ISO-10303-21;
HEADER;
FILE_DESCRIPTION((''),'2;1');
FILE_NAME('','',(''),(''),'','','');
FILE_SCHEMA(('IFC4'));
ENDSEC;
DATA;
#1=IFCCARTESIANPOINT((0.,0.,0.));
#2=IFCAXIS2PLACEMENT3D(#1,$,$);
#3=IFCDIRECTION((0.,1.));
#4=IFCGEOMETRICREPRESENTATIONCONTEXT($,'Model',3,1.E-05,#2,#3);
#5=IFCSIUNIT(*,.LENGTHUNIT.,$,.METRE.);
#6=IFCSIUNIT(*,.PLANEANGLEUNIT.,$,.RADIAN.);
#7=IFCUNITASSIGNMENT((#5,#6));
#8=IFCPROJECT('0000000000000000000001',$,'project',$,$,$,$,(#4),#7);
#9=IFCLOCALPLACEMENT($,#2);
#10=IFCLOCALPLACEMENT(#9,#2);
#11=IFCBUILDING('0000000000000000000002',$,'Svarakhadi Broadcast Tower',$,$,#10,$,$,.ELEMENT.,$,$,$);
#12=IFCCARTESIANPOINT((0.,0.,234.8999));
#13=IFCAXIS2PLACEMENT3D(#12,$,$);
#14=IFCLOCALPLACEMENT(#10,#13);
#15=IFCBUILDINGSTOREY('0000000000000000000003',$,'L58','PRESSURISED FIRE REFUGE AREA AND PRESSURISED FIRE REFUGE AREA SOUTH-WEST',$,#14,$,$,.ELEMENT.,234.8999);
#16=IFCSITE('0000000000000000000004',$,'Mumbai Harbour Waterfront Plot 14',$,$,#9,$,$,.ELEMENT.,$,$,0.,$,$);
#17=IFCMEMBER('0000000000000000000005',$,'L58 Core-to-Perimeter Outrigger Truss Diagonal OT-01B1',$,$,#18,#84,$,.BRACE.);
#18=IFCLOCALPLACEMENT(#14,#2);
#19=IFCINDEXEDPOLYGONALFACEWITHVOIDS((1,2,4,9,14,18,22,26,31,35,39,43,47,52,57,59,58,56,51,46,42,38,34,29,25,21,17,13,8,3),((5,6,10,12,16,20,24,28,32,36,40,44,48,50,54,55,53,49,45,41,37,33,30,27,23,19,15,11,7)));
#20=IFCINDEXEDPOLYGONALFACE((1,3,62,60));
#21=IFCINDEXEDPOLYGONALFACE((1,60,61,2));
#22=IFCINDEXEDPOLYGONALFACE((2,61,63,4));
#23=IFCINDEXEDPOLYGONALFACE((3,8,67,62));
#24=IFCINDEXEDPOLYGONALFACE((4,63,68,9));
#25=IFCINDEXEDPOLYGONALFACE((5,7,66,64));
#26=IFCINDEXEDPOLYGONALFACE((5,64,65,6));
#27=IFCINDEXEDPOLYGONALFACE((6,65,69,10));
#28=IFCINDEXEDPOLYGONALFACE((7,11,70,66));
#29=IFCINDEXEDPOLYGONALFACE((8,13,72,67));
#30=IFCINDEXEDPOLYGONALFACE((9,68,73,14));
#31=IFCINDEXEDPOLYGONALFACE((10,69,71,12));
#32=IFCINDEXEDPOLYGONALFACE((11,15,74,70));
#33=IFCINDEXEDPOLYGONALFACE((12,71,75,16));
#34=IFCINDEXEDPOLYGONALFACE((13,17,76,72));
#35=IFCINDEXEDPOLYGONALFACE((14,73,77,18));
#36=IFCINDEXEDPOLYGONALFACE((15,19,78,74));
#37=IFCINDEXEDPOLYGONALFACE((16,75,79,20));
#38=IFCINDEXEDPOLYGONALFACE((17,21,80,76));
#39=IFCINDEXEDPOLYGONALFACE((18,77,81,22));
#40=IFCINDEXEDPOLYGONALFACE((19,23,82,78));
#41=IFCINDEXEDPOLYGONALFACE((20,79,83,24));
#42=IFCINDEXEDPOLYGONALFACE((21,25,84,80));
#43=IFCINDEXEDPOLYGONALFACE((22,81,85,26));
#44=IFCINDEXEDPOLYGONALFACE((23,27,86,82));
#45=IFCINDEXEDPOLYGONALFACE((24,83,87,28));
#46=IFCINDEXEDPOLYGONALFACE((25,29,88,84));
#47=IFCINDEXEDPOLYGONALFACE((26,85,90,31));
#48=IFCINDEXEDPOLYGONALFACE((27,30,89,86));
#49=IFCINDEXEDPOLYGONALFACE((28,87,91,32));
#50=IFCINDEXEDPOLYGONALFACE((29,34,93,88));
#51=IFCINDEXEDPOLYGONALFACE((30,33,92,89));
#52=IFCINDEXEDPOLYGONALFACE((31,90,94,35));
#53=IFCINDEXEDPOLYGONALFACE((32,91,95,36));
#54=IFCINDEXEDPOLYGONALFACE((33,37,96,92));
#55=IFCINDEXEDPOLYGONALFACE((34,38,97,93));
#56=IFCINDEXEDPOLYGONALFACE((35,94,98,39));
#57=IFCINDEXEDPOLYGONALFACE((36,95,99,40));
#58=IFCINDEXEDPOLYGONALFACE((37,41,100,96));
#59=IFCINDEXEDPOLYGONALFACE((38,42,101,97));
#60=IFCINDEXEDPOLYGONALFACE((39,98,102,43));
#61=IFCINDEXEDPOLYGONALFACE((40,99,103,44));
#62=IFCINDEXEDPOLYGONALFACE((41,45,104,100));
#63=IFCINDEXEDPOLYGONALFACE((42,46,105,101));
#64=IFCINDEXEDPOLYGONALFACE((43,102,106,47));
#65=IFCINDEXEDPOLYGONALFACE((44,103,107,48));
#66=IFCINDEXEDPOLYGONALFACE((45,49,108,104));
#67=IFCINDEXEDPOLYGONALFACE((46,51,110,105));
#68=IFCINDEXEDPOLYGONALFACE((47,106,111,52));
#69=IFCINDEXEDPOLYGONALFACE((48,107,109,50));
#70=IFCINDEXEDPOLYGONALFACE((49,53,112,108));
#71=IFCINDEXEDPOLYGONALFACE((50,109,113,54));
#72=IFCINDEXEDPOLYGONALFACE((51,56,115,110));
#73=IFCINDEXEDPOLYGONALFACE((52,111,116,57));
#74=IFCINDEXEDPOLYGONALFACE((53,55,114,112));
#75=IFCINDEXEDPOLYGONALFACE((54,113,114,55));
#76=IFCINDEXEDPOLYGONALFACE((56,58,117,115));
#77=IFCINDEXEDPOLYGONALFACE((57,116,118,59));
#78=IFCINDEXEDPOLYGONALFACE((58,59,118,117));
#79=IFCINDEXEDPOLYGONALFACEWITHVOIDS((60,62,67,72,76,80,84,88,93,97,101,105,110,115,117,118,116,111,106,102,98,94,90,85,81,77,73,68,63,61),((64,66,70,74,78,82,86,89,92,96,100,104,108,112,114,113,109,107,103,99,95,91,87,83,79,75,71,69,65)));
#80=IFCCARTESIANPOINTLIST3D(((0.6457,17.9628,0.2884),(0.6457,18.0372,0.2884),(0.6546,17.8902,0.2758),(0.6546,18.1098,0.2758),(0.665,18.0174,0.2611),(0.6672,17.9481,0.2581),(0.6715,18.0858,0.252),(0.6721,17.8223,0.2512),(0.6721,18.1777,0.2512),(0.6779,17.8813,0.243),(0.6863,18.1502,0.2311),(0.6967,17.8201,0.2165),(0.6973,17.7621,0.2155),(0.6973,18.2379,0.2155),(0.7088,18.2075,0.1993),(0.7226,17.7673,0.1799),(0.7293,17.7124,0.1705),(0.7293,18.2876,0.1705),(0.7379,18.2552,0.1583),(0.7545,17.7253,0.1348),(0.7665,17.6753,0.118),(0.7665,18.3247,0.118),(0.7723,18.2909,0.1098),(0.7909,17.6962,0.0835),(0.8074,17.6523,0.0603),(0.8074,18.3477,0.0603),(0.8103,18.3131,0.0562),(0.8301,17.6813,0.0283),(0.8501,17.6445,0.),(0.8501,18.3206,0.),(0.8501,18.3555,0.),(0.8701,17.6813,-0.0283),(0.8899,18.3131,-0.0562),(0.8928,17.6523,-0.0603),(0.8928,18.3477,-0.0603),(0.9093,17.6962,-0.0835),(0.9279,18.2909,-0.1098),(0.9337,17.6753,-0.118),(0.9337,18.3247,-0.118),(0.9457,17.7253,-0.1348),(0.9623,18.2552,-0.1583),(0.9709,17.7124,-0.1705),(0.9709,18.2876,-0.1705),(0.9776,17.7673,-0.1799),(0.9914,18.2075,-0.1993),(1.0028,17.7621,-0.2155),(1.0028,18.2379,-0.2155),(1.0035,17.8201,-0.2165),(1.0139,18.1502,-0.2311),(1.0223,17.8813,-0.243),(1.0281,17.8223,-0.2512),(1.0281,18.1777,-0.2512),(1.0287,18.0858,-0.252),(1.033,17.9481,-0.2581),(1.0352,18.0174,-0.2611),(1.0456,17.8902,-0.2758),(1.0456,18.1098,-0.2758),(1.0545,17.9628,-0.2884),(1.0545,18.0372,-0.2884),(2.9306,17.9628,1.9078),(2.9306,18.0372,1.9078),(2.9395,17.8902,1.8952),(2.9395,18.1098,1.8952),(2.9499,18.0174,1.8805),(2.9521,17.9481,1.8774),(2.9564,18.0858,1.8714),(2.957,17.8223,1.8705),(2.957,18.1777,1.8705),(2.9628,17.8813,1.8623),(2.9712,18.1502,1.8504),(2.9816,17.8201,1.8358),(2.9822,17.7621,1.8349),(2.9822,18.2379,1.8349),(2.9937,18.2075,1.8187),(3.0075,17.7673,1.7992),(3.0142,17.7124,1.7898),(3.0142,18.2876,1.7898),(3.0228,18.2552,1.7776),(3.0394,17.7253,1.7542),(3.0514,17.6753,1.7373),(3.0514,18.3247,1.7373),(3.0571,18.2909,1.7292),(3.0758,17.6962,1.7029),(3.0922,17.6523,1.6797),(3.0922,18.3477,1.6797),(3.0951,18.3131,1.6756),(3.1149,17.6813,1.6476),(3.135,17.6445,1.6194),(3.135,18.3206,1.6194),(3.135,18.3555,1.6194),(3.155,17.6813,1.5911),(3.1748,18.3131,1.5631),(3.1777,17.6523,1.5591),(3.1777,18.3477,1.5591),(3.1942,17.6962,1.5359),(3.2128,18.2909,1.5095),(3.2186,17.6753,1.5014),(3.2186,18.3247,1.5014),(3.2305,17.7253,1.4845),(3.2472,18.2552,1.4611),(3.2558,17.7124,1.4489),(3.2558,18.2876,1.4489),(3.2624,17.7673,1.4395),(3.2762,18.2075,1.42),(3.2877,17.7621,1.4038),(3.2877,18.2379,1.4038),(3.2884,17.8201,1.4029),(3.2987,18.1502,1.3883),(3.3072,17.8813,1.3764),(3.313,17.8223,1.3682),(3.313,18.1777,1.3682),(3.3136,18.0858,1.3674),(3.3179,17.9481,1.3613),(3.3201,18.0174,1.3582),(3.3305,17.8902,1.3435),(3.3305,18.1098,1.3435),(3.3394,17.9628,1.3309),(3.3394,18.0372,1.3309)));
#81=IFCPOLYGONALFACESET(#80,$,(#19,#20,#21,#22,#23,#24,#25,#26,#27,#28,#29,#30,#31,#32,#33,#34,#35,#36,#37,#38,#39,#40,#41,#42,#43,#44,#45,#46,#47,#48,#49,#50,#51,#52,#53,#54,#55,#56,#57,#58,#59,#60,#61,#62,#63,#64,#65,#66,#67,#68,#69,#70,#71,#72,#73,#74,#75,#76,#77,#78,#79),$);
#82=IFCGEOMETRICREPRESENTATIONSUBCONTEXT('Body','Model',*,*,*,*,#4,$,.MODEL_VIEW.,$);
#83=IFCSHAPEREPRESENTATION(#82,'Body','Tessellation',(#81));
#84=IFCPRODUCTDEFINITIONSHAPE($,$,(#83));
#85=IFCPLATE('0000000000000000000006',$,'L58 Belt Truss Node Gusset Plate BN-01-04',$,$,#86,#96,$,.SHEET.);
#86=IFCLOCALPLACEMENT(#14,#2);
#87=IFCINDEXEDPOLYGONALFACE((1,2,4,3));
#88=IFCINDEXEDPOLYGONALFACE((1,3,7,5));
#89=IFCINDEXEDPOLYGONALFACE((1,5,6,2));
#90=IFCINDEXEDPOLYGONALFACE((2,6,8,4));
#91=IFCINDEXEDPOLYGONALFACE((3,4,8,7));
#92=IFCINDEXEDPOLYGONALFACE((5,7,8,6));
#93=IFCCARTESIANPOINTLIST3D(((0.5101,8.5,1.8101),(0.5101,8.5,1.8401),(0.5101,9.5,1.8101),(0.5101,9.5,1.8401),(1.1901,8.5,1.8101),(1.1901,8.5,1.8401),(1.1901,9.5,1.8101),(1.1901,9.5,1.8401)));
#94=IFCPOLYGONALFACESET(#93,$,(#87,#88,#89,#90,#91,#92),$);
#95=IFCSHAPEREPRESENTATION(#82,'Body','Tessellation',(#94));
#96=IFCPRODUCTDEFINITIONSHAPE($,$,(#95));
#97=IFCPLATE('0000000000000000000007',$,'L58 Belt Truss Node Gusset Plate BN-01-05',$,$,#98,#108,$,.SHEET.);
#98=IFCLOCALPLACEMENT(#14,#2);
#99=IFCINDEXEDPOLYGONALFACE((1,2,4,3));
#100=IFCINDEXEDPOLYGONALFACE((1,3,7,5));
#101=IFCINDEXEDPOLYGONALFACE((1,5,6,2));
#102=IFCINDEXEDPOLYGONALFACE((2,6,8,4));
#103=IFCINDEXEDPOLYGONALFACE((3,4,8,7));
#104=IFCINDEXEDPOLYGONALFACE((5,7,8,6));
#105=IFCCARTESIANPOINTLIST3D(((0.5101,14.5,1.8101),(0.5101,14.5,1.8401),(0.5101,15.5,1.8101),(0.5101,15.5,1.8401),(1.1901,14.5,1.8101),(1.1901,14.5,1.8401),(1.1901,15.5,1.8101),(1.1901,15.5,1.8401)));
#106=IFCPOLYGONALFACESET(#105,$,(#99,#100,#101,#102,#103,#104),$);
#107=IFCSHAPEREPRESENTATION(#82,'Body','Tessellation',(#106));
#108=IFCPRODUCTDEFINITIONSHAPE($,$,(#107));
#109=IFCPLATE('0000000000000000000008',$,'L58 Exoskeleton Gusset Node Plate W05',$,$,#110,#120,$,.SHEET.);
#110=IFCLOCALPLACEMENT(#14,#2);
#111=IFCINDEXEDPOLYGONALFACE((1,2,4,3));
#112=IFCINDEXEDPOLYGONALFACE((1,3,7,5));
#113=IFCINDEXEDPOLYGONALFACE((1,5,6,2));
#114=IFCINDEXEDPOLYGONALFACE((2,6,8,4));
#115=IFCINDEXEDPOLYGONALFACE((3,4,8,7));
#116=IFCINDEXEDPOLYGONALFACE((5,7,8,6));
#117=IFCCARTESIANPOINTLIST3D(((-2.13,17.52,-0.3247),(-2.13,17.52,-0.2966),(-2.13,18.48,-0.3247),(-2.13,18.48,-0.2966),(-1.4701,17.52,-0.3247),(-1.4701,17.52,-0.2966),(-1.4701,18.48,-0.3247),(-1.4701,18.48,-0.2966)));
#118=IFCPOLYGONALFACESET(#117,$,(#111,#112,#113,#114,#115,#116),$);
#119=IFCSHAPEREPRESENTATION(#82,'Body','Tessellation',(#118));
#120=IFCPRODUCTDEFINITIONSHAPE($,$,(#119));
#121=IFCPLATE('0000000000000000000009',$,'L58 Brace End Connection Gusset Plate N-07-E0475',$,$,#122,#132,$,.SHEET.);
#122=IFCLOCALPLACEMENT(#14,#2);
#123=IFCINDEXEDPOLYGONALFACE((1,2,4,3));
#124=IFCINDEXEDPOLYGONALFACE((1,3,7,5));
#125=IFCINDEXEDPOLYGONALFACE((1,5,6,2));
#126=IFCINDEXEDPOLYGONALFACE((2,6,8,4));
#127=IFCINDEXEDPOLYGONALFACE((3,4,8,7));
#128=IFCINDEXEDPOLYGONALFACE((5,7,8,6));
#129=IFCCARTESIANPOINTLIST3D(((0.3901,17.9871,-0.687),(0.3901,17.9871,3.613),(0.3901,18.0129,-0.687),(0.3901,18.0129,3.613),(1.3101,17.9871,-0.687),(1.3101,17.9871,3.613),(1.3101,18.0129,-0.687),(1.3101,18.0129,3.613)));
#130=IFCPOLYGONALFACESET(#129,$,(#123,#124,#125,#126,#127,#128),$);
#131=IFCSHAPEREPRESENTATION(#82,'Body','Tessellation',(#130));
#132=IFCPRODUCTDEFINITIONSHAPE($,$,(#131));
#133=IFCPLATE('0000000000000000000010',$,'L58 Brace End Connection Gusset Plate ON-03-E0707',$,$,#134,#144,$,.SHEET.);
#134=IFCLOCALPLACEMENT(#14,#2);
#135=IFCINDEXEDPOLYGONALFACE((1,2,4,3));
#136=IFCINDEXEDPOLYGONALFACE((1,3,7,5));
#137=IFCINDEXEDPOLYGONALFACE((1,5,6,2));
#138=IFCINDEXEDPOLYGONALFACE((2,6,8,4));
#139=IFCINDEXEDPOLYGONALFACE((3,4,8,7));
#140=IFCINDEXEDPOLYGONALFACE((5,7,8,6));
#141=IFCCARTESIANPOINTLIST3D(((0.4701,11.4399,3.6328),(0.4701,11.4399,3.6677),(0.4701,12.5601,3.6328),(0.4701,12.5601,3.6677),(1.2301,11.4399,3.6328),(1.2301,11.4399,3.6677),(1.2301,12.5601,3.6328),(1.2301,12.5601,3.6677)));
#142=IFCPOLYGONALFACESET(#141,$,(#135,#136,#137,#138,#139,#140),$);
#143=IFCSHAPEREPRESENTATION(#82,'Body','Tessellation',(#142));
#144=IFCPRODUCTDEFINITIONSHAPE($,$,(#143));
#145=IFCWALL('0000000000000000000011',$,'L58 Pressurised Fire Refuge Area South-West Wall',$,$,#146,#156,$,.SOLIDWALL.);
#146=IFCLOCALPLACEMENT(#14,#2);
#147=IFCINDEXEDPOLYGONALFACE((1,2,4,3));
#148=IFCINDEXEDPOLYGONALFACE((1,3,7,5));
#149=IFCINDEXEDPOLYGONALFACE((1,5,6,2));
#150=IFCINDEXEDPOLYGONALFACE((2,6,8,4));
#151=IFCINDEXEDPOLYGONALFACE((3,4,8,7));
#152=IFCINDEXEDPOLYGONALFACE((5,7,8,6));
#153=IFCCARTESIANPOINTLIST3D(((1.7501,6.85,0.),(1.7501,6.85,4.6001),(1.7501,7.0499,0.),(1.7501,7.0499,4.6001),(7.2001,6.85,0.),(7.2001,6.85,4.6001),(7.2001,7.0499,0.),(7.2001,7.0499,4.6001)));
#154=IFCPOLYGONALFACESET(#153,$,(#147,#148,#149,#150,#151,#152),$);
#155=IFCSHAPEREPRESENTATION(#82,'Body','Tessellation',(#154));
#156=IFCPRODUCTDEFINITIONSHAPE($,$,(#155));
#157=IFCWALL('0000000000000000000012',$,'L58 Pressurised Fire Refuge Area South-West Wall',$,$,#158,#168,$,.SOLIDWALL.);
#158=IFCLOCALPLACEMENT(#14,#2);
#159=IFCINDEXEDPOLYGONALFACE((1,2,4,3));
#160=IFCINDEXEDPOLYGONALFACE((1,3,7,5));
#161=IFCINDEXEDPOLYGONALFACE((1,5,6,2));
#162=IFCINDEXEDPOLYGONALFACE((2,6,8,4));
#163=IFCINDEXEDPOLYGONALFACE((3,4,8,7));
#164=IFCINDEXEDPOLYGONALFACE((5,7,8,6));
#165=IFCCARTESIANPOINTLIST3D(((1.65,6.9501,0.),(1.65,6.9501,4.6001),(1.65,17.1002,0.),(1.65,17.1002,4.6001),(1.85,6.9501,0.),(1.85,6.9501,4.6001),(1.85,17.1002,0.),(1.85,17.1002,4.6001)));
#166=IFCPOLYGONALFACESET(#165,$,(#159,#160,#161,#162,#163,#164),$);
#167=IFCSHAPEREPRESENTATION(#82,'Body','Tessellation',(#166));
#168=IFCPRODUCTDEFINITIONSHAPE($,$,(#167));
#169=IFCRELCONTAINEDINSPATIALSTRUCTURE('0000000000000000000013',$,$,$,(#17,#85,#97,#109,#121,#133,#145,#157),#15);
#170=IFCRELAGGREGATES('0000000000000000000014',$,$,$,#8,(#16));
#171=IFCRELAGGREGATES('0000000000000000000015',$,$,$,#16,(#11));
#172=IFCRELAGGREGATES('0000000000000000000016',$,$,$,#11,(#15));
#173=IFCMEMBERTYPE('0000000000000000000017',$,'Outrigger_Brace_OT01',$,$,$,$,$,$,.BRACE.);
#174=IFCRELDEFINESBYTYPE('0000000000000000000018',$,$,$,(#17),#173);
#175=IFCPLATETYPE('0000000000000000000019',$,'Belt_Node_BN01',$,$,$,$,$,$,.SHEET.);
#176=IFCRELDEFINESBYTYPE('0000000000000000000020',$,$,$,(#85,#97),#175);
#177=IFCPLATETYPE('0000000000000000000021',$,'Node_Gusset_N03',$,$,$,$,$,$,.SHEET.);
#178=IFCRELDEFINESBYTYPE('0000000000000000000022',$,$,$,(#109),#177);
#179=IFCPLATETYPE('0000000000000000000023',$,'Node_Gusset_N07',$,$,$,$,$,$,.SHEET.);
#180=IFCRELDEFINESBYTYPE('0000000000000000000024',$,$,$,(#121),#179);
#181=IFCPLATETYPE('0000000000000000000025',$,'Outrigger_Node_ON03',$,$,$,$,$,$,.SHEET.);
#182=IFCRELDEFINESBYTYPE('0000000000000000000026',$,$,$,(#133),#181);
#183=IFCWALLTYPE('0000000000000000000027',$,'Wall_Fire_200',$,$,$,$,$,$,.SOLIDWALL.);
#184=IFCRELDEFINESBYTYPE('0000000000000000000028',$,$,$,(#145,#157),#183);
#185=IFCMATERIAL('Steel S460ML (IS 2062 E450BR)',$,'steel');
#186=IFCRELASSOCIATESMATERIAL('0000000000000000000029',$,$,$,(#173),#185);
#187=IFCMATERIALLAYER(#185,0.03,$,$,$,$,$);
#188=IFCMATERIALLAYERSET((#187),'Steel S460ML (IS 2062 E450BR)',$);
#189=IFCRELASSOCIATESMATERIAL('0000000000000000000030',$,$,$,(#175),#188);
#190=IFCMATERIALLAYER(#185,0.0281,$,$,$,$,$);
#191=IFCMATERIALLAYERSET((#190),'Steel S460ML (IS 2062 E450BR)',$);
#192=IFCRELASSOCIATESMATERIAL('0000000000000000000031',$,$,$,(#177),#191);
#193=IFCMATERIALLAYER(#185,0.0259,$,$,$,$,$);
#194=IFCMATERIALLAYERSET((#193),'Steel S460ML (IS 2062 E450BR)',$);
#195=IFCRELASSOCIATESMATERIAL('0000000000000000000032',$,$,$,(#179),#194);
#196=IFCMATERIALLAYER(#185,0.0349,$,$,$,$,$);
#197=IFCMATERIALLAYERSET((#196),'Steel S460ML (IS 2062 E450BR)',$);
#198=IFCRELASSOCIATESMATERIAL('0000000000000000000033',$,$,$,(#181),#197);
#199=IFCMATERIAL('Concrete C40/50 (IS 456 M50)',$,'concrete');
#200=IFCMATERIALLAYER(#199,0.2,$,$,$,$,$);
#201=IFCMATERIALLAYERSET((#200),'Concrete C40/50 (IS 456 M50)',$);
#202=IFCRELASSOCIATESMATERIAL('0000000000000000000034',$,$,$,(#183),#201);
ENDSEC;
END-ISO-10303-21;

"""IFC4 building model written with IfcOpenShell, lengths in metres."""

from ifc_helpers import new_model, si_unit, direction, frame, frame_2d, origin, origin_2d, place, context, subcontext, project, spatial, rectangle, hollow_circle, extrude, material, layer, layer_set, material_profile, profile_set, type_object, element, save


model = new_model("IFC4")

# Units and contexts
model_context = context("Model", 3, precision=1e-05, world=origin(), true_north=direction((0.0, 1.0)))
body_context = subcontext(model_context, "Body", "Model", "MODEL_VIEW")
ifc_project = project(units=[si_unit("LENGTHUNIT", "METRE"), si_unit("PLANEANGLEUNIT", "RADIAN")], contexts=[model_context])

# Site, building, storey
site_placement = place(None, origin())
site = spatial("IfcSite", under=ifc_project, at=site_placement, Name="Mumbai Harbour Waterfront Plot 14", CompositionType="ELEMENT", RefElevation=0.0)
building_placement = place(site_placement, origin())
building = spatial("IfcBuilding", under=site, at=building_placement, Name="Svarakhadi Broadcast Tower", CompositionType="ELEMENT")
storey_placement = place(building_placement, frame((0.0, 0.0, 234.8999)))
storey = spatial("IfcBuildingStorey", under=building, at=storey_placement, Name="L58", Description="PRESSURISED FIRE REFUGE AREA AND PRESSURISED FIRE REFUGE AREA SOUTH-WEST", CompositionType="ELEMENT", Elevation=234.8999)

# Shared definitions
ifc_material_1 = material(Name="Steel S460ML (IS 2062 E450BR)", Category="steel")

# Member
ifc_material_profile_1 = material_profile(ifc_material_1, hollow_circle(Radius=0.3555, WallThickness=0.0349, at=origin_2d()), Name="CHS 711x35")
ifc_profile_set_1 = profile_set([ifc_material_profile_1], Name="Steel S460ML (IS 2062 E450BR)")
member_type_1 = type_object("IfcMemberType", Name="Outrigger_Brace_OT01", PredefinedType="BRACE", material=ifc_profile_set_1)
member_1_placement = place(storey_placement, frame((0.8501, 18.0, 0.0), z_axis=(0.815872, 0.0, 0.578233), x_axis=(0.0, 1.0, 0.0)))
element("IfcMember", 1, at=member_1_placement, inside=storey, type_object=member_type_1, Name="L58 Core-to-Perimeter Outrigger Truss Diagonal OT-01B1", PredefinedType="BRACE", context=body_context, shape_type="SweptSolid", body=[
    extrude(hollow_circle(Radius=0.3555, WallThickness=0.0349, at=origin_2d()), origin(), (0.0, 0.0, 1.0), 2.8005),
])

# Plates
ifc_layer_1 = layer(ifc_material_1, 0.03)
ifc_layer_set_1 = layer_set([ifc_layer_1], Name="Steel S460ML (IS 2062 E450BR)")
plate_type_1 = type_object("IfcPlateType", Name="Belt_Node_BN01", PredefinedType="SHEET", material=ifc_layer_set_1)
for number, where, z_axis, x_axis, name in (
    (2, (0.8501, 9.0, 1.8101), (0.0, 0.0, 1.0), (0.0, 1.0, 0.0), "L58 Belt Truss Node Gusset Plate BN-01-04"),
    (3, (0.8501, 15.0, 1.8101), (0.0, 0.0, 1.0), (0.0, 1.0, 0.0), "L58 Belt Truss Node Gusset Plate BN-01-05"),
):
    element("IfcPlate", number, at=place(storey_placement, frame(where, z_axis=z_axis, x_axis=x_axis)), inside=storey, type_object=plate_type_1, Name=name, PredefinedType="SHEET", context=body_context, shape_type="SweptSolid", body=[
        extrude(rectangle(XDim=1.0, YDim=0.6799, at=origin_2d()), origin(), (0.0, 0.0, 1.0), 0.03),
    ])
ifc_layer_2 = layer(ifc_material_1, 0.0281)
ifc_layer_set_2 = layer_set([ifc_layer_2], Name="Steel S460ML (IS 2062 E450BR)")
plate_type_2 = type_object("IfcPlateType", Name="Node_Gusset_N03", PredefinedType="SHEET", material=ifc_layer_set_2)
plate_1_placement = place(storey_placement, frame((-1.8, 18.0, -0.3247), z_axis=(0.0, 0.0, 1.0), x_axis=(0.0, 1.0, 0.0)))
element("IfcPlate", 4, at=plate_1_placement, inside=storey, type_object=plate_type_2, Name="L58 Exoskeleton Gusset Node Plate W05", PredefinedType="SHEET", context=body_context, shape_type="SweptSolid", body=[
    extrude(rectangle(XDim=0.96, YDim=0.6599, at=origin_2d()), origin(), (0.0, 0.0, 1.0), 0.0281),
])
ifc_layer_3 = layer(ifc_material_1, 0.0259)
ifc_layer_set_3 = layer_set([ifc_layer_3], Name="Steel S460ML (IS 2062 E450BR)")
plate_type_3 = type_object("IfcPlateType", Name="Node_Gusset_N07", PredefinedType="SHEET", material=ifc_layer_set_3)
plate_2_placement = place(storey_placement, frame((0.8501, 18.0, -0.687), z_axis=(0.0, 0.0, 1.0), x_axis=(1.0, 0.0, 0.0)))
element("IfcPlate", 5, at=plate_2_placement, inside=storey, type_object=plate_type_3, Name="L58 Brace End Connection Gusset Plate N-07-E0475", PredefinedType="SHEET", context=body_context, shape_type="SweptSolid", body=[
    extrude(rectangle(XDim=0.9199, YDim=0.0259, at=origin_2d()), origin(), (0.0, 0.0, 1.0), 4.3),
])
ifc_layer_4 = layer(ifc_material_1, 0.0349)
ifc_layer_set_4 = layer_set([ifc_layer_4], Name="Steel S460ML (IS 2062 E450BR)")
plate_type_4 = type_object("IfcPlateType", Name="Outrigger_Node_ON03", PredefinedType="SHEET", material=ifc_layer_set_4)
plate_3_placement = place(storey_placement, frame((0.8501, 12.0, 3.6328), z_axis=(0.0, 0.0, 1.0), x_axis=(0.0, 1.0, 0.0)))
element("IfcPlate", 6, at=plate_3_placement, inside=storey, type_object=plate_type_4, Name="L58 Brace End Connection Gusset Plate ON-03-E0707", PredefinedType="SHEET", context=body_context, shape_type="SweptSolid", body=[
    extrude(rectangle(XDim=1.1201, YDim=0.76, at=origin_2d()), origin(), (0.0, 0.0, 1.0), 0.0349),
])

# Walls
ifc_material_2 = material(Name="Concrete C40/50 (IS 456 M50)", Category="concrete")
ifc_layer_5 = layer(ifc_material_2, 0.2)
ifc_layer_set_5 = layer_set([ifc_layer_5], Name="Concrete C40/50 (IS 456 M50)")
wall_type = type_object("IfcWallType", Name="Wall_Fire_200", PredefinedType="SOLIDWALL", material=ifc_layer_set_5)
wall_1_placement = place(storey_placement, frame((1.75, 6.95, 0.0), z_axis=(0.0, 0.0, 1.0), x_axis=(1.0, 0.0, 0.0)))
element("IfcWall", 7, at=wall_1_placement, inside=storey, type_object=wall_type, Name="L58 Pressurised Fire Refuge Area South-West Wall", PredefinedType="SOLIDWALL", context=body_context, shape_type="SweptSolid", body=[
    extrude(rectangle(XDim=5.45, YDim=0.2, at=frame_2d((2.7251, 0.0))), origin(), (0.0, 0.0, 1.0), 4.6001),
])
wall_2_placement = place(storey_placement, frame((1.75, 6.95, 0.0), z_axis=(0.0, 0.0, 1.0), x_axis=(0.0, 1.0, 0.0)))
element("IfcWall", 8, at=wall_2_placement, inside=storey, type_object=wall_type, Name="L58 Pressurised Fire Refuge Area South-West Wall", PredefinedType="SOLIDWALL", context=body_context, shape_type="SweptSolid", body=[
    extrude(rectangle(XDim=10.1501, YDim=0.2, at=frame_2d((5.0752, 0.0))), origin(), (0.0, 0.0, 1.0), 4.6001),
])

save(model, "model.ifc")
